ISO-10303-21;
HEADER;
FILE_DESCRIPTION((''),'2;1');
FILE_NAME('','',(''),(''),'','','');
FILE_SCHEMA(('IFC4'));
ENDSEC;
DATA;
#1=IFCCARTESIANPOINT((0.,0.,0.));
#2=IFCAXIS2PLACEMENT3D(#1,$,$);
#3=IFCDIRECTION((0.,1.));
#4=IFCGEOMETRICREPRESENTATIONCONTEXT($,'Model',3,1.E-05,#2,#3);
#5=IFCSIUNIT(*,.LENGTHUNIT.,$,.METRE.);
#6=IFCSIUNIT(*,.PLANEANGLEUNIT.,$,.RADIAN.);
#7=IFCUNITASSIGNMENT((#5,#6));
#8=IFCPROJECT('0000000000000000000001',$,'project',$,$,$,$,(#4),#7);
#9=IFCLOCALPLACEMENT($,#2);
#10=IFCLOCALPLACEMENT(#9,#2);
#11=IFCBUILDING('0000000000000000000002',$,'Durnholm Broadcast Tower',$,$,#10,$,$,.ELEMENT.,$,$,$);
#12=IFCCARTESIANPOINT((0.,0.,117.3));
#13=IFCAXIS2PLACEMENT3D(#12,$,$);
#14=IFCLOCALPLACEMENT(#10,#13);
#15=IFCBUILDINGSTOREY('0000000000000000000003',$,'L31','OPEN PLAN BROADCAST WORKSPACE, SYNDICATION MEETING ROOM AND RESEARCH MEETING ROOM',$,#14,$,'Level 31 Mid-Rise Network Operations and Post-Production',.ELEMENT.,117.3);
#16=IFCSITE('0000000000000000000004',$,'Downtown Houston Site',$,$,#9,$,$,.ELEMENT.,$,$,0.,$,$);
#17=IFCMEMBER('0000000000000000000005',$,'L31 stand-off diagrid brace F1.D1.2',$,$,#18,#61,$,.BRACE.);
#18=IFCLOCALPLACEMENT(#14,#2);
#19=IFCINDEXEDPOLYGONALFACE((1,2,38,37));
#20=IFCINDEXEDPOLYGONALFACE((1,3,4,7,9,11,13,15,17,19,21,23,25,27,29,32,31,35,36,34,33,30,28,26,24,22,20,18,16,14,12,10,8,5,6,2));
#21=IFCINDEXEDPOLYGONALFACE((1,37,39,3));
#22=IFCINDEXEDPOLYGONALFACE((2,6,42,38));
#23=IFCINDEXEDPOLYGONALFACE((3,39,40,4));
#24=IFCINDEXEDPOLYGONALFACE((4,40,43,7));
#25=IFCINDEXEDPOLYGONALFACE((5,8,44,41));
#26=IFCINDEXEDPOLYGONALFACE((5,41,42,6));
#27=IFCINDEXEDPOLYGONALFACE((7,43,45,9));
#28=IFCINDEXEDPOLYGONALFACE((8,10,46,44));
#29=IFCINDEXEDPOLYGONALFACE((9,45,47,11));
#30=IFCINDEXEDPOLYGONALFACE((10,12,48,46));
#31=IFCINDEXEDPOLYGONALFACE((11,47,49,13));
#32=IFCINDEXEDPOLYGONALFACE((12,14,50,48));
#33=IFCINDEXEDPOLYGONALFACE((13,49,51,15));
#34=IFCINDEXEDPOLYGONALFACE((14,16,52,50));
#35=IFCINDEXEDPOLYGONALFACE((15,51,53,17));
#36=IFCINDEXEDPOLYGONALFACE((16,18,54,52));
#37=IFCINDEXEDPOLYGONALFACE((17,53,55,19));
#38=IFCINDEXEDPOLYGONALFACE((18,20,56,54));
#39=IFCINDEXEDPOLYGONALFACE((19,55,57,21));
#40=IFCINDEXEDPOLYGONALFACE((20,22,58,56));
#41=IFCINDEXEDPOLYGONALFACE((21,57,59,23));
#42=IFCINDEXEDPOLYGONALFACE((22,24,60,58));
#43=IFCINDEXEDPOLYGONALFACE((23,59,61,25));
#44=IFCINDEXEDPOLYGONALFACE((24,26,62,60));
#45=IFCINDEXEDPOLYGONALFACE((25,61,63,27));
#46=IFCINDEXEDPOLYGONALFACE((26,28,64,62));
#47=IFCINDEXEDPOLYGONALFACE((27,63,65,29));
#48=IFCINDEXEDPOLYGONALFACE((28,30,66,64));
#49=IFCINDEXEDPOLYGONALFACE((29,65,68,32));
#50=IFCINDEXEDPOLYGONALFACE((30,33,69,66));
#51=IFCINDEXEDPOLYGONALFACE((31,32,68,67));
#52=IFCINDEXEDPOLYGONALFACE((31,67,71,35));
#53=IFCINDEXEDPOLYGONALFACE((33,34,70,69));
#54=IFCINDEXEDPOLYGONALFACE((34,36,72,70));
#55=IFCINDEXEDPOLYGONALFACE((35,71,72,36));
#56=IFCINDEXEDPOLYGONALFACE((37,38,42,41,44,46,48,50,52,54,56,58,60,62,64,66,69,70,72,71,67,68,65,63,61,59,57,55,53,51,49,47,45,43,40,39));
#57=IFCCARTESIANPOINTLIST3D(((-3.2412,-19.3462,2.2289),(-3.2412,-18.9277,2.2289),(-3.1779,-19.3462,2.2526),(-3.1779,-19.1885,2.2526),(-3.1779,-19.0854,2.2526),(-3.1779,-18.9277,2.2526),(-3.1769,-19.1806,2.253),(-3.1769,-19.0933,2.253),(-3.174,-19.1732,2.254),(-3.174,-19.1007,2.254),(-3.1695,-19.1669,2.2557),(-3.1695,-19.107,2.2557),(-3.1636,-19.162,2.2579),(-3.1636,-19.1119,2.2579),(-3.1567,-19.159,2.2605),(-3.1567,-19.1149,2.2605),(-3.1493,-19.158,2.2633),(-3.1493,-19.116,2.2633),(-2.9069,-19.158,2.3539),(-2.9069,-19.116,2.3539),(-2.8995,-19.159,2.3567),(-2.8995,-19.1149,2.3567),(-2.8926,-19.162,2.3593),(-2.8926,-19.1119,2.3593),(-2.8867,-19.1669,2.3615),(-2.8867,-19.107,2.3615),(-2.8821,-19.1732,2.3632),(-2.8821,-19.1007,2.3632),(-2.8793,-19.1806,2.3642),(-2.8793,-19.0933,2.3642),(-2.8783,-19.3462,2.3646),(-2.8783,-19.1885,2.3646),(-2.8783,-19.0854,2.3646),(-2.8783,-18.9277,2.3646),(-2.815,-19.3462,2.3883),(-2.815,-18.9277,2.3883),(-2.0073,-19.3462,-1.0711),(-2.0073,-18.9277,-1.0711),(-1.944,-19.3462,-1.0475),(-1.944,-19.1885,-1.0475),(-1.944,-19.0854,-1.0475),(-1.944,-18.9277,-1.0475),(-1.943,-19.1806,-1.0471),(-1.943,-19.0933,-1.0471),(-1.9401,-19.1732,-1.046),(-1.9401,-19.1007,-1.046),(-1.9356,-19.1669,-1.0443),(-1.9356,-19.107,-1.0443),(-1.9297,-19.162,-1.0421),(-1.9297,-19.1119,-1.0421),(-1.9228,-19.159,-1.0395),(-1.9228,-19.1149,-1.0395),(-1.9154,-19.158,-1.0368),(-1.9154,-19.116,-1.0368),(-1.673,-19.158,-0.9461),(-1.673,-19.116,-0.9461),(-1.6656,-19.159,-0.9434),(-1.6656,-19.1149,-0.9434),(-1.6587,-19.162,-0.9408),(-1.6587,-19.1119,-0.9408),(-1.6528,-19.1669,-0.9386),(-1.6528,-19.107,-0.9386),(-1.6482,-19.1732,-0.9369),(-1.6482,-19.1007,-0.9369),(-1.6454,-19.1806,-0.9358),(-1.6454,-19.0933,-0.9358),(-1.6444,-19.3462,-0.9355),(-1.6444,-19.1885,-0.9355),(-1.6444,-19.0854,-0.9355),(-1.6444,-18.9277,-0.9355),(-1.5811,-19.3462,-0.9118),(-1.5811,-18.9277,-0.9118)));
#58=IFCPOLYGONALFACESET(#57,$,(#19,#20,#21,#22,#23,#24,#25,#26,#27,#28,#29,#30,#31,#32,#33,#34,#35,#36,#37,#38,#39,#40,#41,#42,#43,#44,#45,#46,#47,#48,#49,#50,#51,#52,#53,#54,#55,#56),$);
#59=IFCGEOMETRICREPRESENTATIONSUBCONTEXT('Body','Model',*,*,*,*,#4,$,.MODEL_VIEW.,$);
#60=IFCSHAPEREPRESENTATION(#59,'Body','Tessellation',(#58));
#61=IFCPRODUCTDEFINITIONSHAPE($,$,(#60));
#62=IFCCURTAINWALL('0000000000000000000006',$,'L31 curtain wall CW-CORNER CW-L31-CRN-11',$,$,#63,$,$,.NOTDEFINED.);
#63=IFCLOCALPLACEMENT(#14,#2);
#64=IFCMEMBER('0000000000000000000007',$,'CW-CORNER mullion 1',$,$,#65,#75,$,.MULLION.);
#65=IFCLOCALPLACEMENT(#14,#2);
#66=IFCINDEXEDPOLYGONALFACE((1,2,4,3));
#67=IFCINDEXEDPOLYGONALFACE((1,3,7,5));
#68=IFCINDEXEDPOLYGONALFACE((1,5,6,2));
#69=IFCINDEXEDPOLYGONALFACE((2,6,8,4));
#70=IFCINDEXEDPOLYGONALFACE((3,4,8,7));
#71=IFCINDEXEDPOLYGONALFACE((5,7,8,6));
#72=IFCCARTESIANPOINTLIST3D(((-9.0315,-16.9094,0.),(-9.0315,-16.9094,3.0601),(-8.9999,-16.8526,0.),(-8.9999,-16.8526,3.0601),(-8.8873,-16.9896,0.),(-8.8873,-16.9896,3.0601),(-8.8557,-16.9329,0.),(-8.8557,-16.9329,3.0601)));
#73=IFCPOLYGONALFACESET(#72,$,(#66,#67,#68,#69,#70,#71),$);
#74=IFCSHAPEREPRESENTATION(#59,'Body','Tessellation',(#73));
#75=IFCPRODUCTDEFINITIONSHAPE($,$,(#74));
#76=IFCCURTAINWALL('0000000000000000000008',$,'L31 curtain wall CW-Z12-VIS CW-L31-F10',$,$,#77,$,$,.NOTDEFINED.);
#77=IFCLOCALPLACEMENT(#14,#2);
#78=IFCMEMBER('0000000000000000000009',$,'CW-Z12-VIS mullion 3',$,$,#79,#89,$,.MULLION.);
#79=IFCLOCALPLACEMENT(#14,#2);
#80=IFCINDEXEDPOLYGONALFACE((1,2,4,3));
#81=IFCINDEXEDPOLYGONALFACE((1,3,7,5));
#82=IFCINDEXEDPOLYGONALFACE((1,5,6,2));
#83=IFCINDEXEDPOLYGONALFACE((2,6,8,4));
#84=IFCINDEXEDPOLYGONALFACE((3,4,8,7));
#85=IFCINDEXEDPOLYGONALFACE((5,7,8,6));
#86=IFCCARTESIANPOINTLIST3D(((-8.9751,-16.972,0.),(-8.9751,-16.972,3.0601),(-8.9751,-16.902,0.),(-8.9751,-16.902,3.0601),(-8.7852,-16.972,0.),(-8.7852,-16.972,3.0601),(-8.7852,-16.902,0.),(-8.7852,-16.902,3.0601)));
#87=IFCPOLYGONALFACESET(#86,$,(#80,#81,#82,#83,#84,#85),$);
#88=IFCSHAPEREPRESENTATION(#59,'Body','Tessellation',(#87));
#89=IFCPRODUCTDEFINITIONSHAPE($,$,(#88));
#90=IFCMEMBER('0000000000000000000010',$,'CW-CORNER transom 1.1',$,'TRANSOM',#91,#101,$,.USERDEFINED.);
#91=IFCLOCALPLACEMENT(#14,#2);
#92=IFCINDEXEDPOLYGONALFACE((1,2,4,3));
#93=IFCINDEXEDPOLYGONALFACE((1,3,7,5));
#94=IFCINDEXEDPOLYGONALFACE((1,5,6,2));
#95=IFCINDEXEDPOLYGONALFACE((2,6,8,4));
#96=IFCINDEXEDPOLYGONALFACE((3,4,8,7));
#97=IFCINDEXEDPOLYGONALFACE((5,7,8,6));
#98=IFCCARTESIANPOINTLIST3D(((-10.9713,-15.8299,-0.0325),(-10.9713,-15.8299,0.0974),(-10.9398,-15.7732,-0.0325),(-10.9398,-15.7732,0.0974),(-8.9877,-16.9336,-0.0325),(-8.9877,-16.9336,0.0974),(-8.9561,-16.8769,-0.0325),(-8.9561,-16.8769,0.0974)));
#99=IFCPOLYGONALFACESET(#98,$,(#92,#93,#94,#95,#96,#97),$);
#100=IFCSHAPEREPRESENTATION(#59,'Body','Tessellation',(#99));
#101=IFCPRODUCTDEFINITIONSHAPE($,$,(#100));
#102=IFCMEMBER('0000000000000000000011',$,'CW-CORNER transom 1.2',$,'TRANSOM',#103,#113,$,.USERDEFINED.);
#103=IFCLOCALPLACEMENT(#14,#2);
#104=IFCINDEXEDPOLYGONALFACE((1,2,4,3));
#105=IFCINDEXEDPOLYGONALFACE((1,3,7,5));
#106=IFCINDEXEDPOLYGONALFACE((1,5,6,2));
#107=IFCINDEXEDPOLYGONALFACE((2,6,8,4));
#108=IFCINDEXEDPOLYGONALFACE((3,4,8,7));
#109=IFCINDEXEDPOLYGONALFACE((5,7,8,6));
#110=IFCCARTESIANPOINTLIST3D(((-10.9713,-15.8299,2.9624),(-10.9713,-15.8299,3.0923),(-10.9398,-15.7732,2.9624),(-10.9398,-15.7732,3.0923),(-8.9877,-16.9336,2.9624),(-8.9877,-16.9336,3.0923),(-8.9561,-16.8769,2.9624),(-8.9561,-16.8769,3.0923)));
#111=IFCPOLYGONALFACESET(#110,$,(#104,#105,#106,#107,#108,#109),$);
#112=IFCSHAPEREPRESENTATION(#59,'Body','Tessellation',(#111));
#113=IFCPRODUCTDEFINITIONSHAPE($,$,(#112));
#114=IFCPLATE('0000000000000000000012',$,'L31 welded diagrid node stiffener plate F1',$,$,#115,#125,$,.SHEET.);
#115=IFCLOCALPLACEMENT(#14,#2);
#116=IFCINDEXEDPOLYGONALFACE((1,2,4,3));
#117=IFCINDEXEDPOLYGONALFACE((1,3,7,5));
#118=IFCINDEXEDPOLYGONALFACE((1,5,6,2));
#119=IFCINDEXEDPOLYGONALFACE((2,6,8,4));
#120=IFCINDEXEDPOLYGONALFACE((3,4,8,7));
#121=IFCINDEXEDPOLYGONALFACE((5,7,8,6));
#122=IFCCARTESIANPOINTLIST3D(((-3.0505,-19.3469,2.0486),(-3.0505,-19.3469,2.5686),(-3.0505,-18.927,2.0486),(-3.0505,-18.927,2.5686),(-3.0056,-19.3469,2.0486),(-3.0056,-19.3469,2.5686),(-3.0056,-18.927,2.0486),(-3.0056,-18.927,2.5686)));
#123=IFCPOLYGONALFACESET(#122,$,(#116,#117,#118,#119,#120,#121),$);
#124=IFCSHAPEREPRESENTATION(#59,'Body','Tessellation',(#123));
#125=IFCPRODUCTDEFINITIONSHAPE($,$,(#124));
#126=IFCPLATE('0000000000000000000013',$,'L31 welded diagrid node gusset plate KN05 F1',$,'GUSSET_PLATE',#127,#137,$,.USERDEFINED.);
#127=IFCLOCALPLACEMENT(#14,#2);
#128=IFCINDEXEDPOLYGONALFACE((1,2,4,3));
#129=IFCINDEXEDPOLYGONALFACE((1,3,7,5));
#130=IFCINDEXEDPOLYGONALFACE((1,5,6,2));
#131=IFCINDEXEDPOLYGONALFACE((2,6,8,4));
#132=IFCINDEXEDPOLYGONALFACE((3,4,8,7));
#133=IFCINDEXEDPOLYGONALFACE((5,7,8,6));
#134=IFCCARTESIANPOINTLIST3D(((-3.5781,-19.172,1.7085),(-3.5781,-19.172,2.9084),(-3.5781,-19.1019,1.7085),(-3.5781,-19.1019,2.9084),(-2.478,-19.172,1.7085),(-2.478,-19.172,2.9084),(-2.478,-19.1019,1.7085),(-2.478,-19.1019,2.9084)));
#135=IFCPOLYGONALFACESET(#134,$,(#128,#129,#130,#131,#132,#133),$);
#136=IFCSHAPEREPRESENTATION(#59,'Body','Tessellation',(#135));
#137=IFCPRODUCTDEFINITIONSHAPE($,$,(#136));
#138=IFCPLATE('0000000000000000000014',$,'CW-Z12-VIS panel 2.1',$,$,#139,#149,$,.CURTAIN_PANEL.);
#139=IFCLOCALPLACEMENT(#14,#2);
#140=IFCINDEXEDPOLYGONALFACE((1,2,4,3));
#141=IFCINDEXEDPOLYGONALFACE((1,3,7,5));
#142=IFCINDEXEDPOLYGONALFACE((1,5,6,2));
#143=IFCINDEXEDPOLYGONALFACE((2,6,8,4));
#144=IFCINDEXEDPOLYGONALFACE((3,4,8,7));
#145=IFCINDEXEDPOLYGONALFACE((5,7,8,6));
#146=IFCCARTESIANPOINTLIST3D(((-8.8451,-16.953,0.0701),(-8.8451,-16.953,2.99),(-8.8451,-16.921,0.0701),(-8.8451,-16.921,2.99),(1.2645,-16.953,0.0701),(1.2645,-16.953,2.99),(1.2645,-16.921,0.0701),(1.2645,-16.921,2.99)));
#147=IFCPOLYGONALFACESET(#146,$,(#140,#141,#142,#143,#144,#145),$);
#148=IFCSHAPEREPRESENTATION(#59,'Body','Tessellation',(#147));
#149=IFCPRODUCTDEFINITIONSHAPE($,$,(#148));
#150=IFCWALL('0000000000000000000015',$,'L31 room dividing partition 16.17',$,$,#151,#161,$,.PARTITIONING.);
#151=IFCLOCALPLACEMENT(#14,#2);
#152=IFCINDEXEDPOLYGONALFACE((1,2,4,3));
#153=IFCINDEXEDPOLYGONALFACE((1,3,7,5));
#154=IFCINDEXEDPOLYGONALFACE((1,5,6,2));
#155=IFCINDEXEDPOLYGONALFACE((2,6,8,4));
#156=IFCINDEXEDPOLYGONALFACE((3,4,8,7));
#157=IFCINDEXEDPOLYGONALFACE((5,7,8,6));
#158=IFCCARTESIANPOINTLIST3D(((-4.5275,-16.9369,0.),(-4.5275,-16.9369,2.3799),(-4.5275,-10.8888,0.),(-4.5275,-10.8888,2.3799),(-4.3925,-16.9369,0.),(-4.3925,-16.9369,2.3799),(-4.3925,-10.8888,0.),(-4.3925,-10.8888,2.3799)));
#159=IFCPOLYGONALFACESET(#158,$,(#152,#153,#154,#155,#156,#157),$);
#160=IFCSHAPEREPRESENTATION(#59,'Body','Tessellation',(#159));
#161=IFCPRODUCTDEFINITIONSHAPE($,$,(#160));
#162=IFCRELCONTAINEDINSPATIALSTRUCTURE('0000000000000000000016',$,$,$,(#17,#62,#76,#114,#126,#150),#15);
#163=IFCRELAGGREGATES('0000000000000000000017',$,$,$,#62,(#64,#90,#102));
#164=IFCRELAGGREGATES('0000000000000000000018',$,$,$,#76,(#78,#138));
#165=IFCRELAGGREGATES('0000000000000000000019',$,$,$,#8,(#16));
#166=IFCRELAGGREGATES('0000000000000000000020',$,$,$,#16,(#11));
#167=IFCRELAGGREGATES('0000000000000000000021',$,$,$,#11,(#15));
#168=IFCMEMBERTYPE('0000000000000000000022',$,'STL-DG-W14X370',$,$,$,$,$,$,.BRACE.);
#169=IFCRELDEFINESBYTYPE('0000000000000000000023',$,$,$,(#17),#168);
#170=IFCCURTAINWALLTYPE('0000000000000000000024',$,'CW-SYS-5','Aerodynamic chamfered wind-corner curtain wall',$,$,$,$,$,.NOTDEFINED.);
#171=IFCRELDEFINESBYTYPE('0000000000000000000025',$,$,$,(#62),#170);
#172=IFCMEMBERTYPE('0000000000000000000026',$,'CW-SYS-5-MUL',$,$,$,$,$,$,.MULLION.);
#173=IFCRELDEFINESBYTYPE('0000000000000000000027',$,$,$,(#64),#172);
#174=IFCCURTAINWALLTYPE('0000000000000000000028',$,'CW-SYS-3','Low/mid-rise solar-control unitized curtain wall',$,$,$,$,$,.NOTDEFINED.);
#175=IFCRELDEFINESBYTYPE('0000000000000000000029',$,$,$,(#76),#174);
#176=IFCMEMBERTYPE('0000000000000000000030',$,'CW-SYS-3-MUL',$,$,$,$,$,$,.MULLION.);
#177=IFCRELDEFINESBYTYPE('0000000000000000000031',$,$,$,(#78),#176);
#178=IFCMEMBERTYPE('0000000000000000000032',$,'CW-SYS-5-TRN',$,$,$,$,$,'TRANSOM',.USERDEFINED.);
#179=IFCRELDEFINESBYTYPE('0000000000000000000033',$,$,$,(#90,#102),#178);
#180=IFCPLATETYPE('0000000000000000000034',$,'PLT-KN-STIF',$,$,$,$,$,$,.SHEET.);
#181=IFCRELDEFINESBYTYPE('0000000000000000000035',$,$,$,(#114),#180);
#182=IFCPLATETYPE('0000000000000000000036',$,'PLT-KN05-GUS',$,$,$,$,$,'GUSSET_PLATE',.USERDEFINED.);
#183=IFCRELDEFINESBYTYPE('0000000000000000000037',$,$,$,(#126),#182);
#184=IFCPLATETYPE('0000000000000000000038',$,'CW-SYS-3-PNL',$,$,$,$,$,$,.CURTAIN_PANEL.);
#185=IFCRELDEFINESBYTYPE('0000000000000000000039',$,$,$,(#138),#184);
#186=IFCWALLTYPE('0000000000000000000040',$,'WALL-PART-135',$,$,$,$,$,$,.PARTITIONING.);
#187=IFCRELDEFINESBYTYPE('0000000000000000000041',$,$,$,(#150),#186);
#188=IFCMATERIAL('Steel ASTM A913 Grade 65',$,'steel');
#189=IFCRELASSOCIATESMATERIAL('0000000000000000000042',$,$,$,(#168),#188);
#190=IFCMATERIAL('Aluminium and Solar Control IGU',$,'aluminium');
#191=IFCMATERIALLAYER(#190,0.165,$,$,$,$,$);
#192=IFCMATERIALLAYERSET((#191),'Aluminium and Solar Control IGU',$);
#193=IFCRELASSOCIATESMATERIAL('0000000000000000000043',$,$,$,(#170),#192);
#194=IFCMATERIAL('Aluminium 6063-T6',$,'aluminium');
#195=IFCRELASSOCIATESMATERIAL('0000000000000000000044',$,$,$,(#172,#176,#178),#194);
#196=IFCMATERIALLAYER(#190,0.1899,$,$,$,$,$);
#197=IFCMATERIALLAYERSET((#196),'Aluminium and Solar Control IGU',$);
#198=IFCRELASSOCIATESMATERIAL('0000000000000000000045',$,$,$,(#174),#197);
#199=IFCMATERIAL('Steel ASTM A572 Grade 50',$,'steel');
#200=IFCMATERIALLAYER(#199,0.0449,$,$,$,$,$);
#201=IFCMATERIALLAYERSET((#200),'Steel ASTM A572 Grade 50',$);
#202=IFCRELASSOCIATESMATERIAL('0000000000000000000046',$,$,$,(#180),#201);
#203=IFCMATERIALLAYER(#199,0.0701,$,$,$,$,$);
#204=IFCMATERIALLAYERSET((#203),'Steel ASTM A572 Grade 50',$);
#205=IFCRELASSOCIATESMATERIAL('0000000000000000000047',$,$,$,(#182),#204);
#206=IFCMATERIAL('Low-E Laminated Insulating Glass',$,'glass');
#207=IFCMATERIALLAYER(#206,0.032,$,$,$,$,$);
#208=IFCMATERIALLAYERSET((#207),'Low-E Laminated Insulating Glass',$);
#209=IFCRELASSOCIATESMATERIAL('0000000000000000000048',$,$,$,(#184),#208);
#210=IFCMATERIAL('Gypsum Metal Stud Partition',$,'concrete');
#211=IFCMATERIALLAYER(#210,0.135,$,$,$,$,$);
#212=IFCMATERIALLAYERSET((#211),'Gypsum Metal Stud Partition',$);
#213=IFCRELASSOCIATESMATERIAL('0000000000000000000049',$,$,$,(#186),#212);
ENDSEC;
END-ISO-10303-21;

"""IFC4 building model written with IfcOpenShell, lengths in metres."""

from ifc_helpers import new_model, si_unit, direction, frame, frame_2d, origin, origin_2d, place, context, subcontext, project, spatial, rectangle, i_section, extrude, source, transform, mapped, material, layer, layer_set, material_profile, profile_set, type_object, type_shapes, element, aggregate, save


model = new_model("IFC4")

# Units and contexts
model_context = context("Model", 3, precision=1e-05, world=origin(), true_north=direction((0.0, 1.0)))
body_context = subcontext(model_context, "Body", "Model", "MODEL_VIEW")
ifc_project = project(units=[si_unit("LENGTHUNIT", "METRE"), si_unit("PLANEANGLEUNIT", "RADIAN")], contexts=[model_context])

# Site, building, storey
site_placement = place(None, origin())
site = spatial("IfcSite", under=ifc_project, at=site_placement, Name="Downtown Houston Site", CompositionType="ELEMENT", RefElevation=0.0)
building_placement = place(site_placement, origin())
building = spatial("IfcBuilding", under=site, at=building_placement, Name="Durnholm Broadcast Tower", CompositionType="ELEMENT")
storey_placement = place(building_placement, frame((0.0, 0.0, 117.3)))
storey = spatial("IfcBuildingStorey", under=building, at=storey_placement, Name="L31", Description="OPEN PLAN BROADCAST WORKSPACE, SYNDICATION MEETING ROOM AND RESEARCH MEETING ROOM", LongName="Level 31 Mid-Rise Network Operations and Post-Production", CompositionType="ELEMENT", Elevation=117.3)

# Member
ifc_material_1 = material(Name="Steel ASTM A913 Grade 65", Category="steel")
ifc_material_profile_1 = material_profile(ifc_material_1, i_section(OverallWidth=0.4185, OverallDepth=0.4551, WebThickness=0.042, FlangeThickness=0.0676, FilletRadius=0.0305, at=origin_2d()), Name="W14X370")
ifc_profile_set_1 = profile_set([ifc_material_profile_1], Name="Steel ASTM A913 Grade 65")
member_type_1 = type_object("IfcMemberType", Name="STL-DG-W14X370", PredefinedType="BRACE", material=ifc_profile_set_1)
shared_shape_1 = source(origin(), body_context, "Body", "SweptSolid", [
    extrude(i_section(OverallWidth=0.4185, OverallDepth=0.4551, WebThickness=0.042, FlangeThickness=0.0676, FilletRadius=0.0305, at=origin_2d()), origin(), (0.0, 0.0, 1.0), 3.5232),
])
type_shapes(member_type_1, [shared_shape_1])
for number, where, z_axis, x_axis, name in (
    (1, (-1.7942, -19.137, -0.9915), (-0.35022, 0.0, 0.936668), (0.0, -1.0, 0.0), "L31 stand-off diagrid brace F1.D1.2"),
):
    element("IfcMember", number, at=place(storey_placement, frame(where, z_axis=z_axis, x_axis=x_axis)), inside=storey, type_object=member_type_1, Name=name, PredefinedType="BRACE", context=body_context, shape_type="MappedRepresentation", body=[
        mapped(shared_shape_1, transform((0.0, 0.0, 0.0), x_axis=(1.0, 0.0, 0.0), y_axis=(0.0, 1.0, 0.0), z_axis=(0.0, 0.0, 1.0), scale=1.0)),
    ])

# Curtain walls, members
ifc_material_2 = material(Name="Aluminium and Solar Control IGU", Category="aluminium")
ifc_layer_1 = layer(ifc_material_2, 0.165)
ifc_layer_set_1 = layer_set([ifc_layer_1], Name="Aluminium and Solar Control IGU")
curtain_wall_type_1 = type_object("IfcCurtainWallType", Name="CW-SYS-5", Description="Aerodynamic chamfered wind-corner curtain wall", PredefinedType="NOTDEFINED", material=ifc_layer_set_1)
curtain_wall_1_placement = place(storey_placement, origin())
curtain_wall_1 = element("IfcCurtainWall", 2, at=curtain_wall_1_placement, inside=storey, type_object=curtain_wall_type_1, Name="L31 curtain wall CW-CORNER CW-L31-CRN-11", PredefinedType="NOTDEFINED")
ifc_material_3 = material(Name="Aluminium 6063-T6", Category="aluminium")
ifc_material_profile_2 = material_profile(ifc_material_3, rectangle(XDim=0.0649, YDim=0.165, at=origin_2d()), Name="CWM65X165")
ifc_profile_set_2 = profile_set([ifc_material_profile_2], Name="Aluminium 6063-T6")
member_type_2 = type_object("IfcMemberType", Name="CW-SYS-5-MUL", PredefinedType="MULLION", material=ifc_profile_set_2)
shared_shape_2 = source(origin(), body_context, "Body", "SweptSolid", [
    extrude(rectangle(XDim=0.0649, YDim=0.165, at=origin_2d()), origin(), (0.0, 0.0, 1.0), 3.0601),
])
type_shapes(member_type_2, [shared_shape_2])
member_1_placement = place(storey_placement, frame((-8.9436, -16.9211, 0.0), z_axis=(0.0, 0.0, 1.0), x_axis=(-0.486244, -0.873823, 0.0)))
member_1 = element("IfcMember", 3, at=member_1_placement, type_object=member_type_2, Name="CW-CORNER mullion 1", PredefinedType="MULLION", context=body_context, shape_type="MappedRepresentation", body=[
    mapped(shared_shape_2, transform((0.0, 0.0, 0.0), x_axis=(1.0, 0.0, 0.0), y_axis=(0.0, 1.0, 0.0), z_axis=(0.0, 0.0, 1.0), scale=1.0)),
])
ifc_layer_2 = layer(ifc_material_2, 0.1899)
ifc_layer_set_2 = layer_set([ifc_layer_2], Name="Aluminium and Solar Control IGU")
curtain_wall_type_2 = type_object("IfcCurtainWallType", Name="CW-SYS-3", Description="Low/mid-rise solar-control unitized curtain wall", PredefinedType="NOTDEFINED", material=ifc_layer_set_2)
curtain_wall_2_placement = place(storey_placement, origin())
curtain_wall_2 = element("IfcCurtainWall", 4, at=curtain_wall_2_placement, inside=storey, type_object=curtain_wall_type_2, Name="L31 curtain wall CW-Z12-VIS CW-L31-F10", PredefinedType="NOTDEFINED")
ifc_material_profile_3 = material_profile(ifc_material_3, rectangle(XDim=0.0701, YDim=0.1899, at=origin_2d()), Name="CWM70X190")
ifc_profile_set_3 = profile_set([ifc_material_profile_3], Name="Aluminium 6063-T6")
member_type_3 = type_object("IfcMemberType", Name="CW-SYS-3-MUL", PredefinedType="MULLION", material=ifc_profile_set_3)
shared_shape_3 = source(origin(), body_context, "Body", "SweptSolid", [
    extrude(rectangle(XDim=0.0701, YDim=0.1899, at=origin_2d()), origin(), (0.0, 0.0, 1.0), 3.0601),
])
type_shapes(member_type_3, [shared_shape_3])
member_2_placement = place(storey_placement, frame((-8.8801, -16.937, 0.0), z_axis=(0.0, 0.0, 1.0), x_axis=(0.0, -1.0, 0.0)))
member_2 = element("IfcMember", 5, at=member_2_placement, type_object=member_type_3, Name="CW-Z12-VIS mullion 3", PredefinedType="MULLION", context=body_context, shape_type="MappedRepresentation", body=[
    mapped(shared_shape_3, transform((0.0, 0.0, 0.0), x_axis=(1.0, 0.0, 0.0), y_axis=(0.0, 1.0, 0.0), z_axis=(0.0, 0.0, 1.0), scale=1.0)),
])

# Members
ifc_material_profile_4 = material_profile(ifc_material_3, rectangle(XDim=0.0649, YDim=0.1299, at=origin_2d()), Name="CWT65X130")
ifc_profile_set_4 = profile_set([ifc_material_profile_4], Name="Aluminium 6063-T6")
member_type_4 = type_object("IfcMemberType", Name="CW-SYS-5-TRN", ElementType="TRANSOM", PredefinedType="USERDEFINED", material=ifc_profile_set_4)
shared_shape_4 = source(origin(), body_context, "Body", "SweptSolid", [
    extrude(rectangle(XDim=0.0649, YDim=0.1299, at=origin_2d()), origin(), (0.0, 0.0, 1.0), 2.27),
])
type_shapes(member_type_4, [shared_shape_4])
member_3_placement = place(storey_placement, frame((-8.9719, -16.9053, 0.0325), z_axis=(-0.873832, 0.486227, 0.0), x_axis=(-0.486227, -0.873832, 0.0)))
member_3 = element("IfcMember", 6, at=member_3_placement, type_object=member_type_4, Name="CW-CORNER transom 1.1", ObjectType="TRANSOM", PredefinedType="USERDEFINED", context=body_context, shape_type="MappedRepresentation", body=[
    mapped(shared_shape_4, transform((0.0, 0.0, 0.0), x_axis=(1.0, 0.0, 0.0), y_axis=(0.0, 1.0, 0.0), z_axis=(0.0, 0.0, 1.0), scale=1.0)),
])
member_4_placement = place(storey_placement, frame((-8.9719, -16.9053, 3.0273), z_axis=(-0.873832, 0.486227, 0.0), x_axis=(-0.486227, -0.873832, 0.0)))
member_4 = element("IfcMember", 7, at=member_4_placement, type_object=member_type_4, Name="CW-CORNER transom 1.2", ObjectType="TRANSOM", PredefinedType="USERDEFINED", context=body_context, shape_type="MappedRepresentation", body=[
    mapped(shared_shape_4, transform((0.0, 0.0, 0.0), x_axis=(1.0, 0.0, 0.0), y_axis=(0.0, 1.0, 0.0), z_axis=(0.0, 0.0, 1.0), scale=1.0)),
])
aggregate(curtain_wall_1, [member_1, member_3, member_4])

# Plates
ifc_material_4 = material(Name="Steel ASTM A572 Grade 50", Category="steel")
ifc_layer_3 = layer(ifc_material_4, 0.0449)
ifc_layer_set_3 = layer_set([ifc_layer_3], Name="Steel ASTM A572 Grade 50")
plate_type_1 = type_object("IfcPlateType", Name="PLT-KN-STIF", PredefinedType="SHEET", material=ifc_layer_set_3)
shared_shape_5 = source(origin(), body_context, "Body", "SweptSolid", [
    extrude(rectangle(XDim=0.0449, YDim=0.4199, at=origin_2d()), origin(), (0.0, 0.0, 1.0), 0.52),
])
type_shapes(plate_type_1, [shared_shape_5])
plate_1_placement = place(storey_placement, frame((-3.0281, -19.137, 2.0486), z_axis=(0.0, 0.0, 1.0), x_axis=(1.0, 0.0, 0.0)))
element("IfcPlate", 8, at=plate_1_placement, inside=storey, type_object=plate_type_1, Name="L31 welded diagrid node stiffener plate F1", PredefinedType="SHEET", context=body_context, shape_type="MappedRepresentation", body=[
    mapped(shared_shape_5, transform((0.0, 0.0, 0.0), x_axis=(1.0, 0.0, 0.0), y_axis=(0.0, 1.0, 0.0), z_axis=(0.0, 0.0, 1.0), scale=1.0)),
])
ifc_layer_4 = layer(ifc_material_4, 0.0701)
ifc_layer_set_4 = layer_set([ifc_layer_4], Name="Steel ASTM A572 Grade 50")
plate_type_2 = type_object("IfcPlateType", Name="PLT-KN05-GUS", ElementType="GUSSET_PLATE", PredefinedType="USERDEFINED", material=ifc_layer_set_4)
shared_shape_6 = source(origin(), body_context, "Body", "SweptSolid", [
    extrude(rectangle(XDim=1.1001, YDim=0.0701, at=origin_2d()), origin(), (0.0, 0.0, 1.0), 1.2),
])
type_shapes(plate_type_2, [shared_shape_6])
plate_2_placement = place(storey_placement, frame((-3.0281, -19.137, 1.7085), z_axis=(0.0, 0.0, 1.0), x_axis=(1.0, 0.0, 0.0)))
element("IfcPlate", 9, at=plate_2_placement, inside=storey, type_object=plate_type_2, Name="L31 welded diagrid node gusset plate KN05 F1", ObjectType="GUSSET_PLATE", PredefinedType="USERDEFINED", context=body_context, shape_type="MappedRepresentation", body=[
    mapped(shared_shape_6, transform((0.0, 0.0, 0.0), x_axis=(1.0, 0.0, 0.0), y_axis=(0.0, 1.0, 0.0), z_axis=(0.0, 0.0, 1.0), scale=1.0)),
])

# Plate
ifc_material_5 = material(Name="Low-E Laminated Insulating Glass", Category="glass")
ifc_layer_5 = layer(ifc_material_5, 0.032)
ifc_layer_set_5 = layer_set([ifc_layer_5], Name="Low-E Laminated Insulating Glass")
plate_type_3 = type_object("IfcPlateType", Name="CW-SYS-3-PNL", PredefinedType="CURTAIN_PANEL", material=ifc_layer_set_5)
shared_shape_7 = source(origin(), body_context, "Body", "SweptSolid", [
    extrude(rectangle(XDim=10.1096, YDim=0.032, at=origin_2d()), origin(), (0.0, 0.0, 1.0), 2.9199),
])
type_shapes(plate_type_3, [shared_shape_7])
plate_3_placement = place(storey_placement, frame((-3.7903, -16.937, 0.0701), z_axis=(0.0, 0.0, 1.0), x_axis=(-1.0, 0.0, 0.0)))
plate_3 = element("IfcPlate", 10, at=plate_3_placement, type_object=plate_type_3, Name="CW-Z12-VIS panel 2.1", PredefinedType="CURTAIN_PANEL", context=body_context, shape_type="MappedRepresentation", body=[
    mapped(shared_shape_7, transform((0.0, 0.0, 0.0), x_axis=(1.0, 0.0, 0.0), y_axis=(0.0, 1.0, 0.0), z_axis=(0.0, 0.0, 1.0), scale=1.0)),
])
aggregate(curtain_wall_2, [member_2, plate_3])

# Wall
ifc_material_6 = material(Name="Gypsum Metal Stud Partition", Category="concrete")
ifc_layer_6 = layer(ifc_material_6, 0.135)
ifc_layer_set_6 = layer_set([ifc_layer_6], Name="Gypsum Metal Stud Partition")
wall_type_1 = type_object("IfcWallType", Name="WALL-PART-135", PredefinedType="PARTITIONING", material=ifc_layer_set_6)
wall_1_placement = place(storey_placement, frame((-4.46, -10.8889, 0.0), z_axis=(0.0, 0.0, 1.0), x_axis=(0.0, -1.0, 0.0)))
element("IfcWall", 11, at=wall_1_placement, inside=storey, type_object=wall_type_1, Name="L31 room dividing partition 16.17", PredefinedType="PARTITIONING", context=body_context, shape_type="SweptSolid", body=[
    extrude(rectangle(XDim=6.0481, YDim=0.135, at=frame_2d((3.0239, 0.0))), origin(), (0.0, 0.0, 1.0), 2.3799),
])

save(model, "model.ifc")
